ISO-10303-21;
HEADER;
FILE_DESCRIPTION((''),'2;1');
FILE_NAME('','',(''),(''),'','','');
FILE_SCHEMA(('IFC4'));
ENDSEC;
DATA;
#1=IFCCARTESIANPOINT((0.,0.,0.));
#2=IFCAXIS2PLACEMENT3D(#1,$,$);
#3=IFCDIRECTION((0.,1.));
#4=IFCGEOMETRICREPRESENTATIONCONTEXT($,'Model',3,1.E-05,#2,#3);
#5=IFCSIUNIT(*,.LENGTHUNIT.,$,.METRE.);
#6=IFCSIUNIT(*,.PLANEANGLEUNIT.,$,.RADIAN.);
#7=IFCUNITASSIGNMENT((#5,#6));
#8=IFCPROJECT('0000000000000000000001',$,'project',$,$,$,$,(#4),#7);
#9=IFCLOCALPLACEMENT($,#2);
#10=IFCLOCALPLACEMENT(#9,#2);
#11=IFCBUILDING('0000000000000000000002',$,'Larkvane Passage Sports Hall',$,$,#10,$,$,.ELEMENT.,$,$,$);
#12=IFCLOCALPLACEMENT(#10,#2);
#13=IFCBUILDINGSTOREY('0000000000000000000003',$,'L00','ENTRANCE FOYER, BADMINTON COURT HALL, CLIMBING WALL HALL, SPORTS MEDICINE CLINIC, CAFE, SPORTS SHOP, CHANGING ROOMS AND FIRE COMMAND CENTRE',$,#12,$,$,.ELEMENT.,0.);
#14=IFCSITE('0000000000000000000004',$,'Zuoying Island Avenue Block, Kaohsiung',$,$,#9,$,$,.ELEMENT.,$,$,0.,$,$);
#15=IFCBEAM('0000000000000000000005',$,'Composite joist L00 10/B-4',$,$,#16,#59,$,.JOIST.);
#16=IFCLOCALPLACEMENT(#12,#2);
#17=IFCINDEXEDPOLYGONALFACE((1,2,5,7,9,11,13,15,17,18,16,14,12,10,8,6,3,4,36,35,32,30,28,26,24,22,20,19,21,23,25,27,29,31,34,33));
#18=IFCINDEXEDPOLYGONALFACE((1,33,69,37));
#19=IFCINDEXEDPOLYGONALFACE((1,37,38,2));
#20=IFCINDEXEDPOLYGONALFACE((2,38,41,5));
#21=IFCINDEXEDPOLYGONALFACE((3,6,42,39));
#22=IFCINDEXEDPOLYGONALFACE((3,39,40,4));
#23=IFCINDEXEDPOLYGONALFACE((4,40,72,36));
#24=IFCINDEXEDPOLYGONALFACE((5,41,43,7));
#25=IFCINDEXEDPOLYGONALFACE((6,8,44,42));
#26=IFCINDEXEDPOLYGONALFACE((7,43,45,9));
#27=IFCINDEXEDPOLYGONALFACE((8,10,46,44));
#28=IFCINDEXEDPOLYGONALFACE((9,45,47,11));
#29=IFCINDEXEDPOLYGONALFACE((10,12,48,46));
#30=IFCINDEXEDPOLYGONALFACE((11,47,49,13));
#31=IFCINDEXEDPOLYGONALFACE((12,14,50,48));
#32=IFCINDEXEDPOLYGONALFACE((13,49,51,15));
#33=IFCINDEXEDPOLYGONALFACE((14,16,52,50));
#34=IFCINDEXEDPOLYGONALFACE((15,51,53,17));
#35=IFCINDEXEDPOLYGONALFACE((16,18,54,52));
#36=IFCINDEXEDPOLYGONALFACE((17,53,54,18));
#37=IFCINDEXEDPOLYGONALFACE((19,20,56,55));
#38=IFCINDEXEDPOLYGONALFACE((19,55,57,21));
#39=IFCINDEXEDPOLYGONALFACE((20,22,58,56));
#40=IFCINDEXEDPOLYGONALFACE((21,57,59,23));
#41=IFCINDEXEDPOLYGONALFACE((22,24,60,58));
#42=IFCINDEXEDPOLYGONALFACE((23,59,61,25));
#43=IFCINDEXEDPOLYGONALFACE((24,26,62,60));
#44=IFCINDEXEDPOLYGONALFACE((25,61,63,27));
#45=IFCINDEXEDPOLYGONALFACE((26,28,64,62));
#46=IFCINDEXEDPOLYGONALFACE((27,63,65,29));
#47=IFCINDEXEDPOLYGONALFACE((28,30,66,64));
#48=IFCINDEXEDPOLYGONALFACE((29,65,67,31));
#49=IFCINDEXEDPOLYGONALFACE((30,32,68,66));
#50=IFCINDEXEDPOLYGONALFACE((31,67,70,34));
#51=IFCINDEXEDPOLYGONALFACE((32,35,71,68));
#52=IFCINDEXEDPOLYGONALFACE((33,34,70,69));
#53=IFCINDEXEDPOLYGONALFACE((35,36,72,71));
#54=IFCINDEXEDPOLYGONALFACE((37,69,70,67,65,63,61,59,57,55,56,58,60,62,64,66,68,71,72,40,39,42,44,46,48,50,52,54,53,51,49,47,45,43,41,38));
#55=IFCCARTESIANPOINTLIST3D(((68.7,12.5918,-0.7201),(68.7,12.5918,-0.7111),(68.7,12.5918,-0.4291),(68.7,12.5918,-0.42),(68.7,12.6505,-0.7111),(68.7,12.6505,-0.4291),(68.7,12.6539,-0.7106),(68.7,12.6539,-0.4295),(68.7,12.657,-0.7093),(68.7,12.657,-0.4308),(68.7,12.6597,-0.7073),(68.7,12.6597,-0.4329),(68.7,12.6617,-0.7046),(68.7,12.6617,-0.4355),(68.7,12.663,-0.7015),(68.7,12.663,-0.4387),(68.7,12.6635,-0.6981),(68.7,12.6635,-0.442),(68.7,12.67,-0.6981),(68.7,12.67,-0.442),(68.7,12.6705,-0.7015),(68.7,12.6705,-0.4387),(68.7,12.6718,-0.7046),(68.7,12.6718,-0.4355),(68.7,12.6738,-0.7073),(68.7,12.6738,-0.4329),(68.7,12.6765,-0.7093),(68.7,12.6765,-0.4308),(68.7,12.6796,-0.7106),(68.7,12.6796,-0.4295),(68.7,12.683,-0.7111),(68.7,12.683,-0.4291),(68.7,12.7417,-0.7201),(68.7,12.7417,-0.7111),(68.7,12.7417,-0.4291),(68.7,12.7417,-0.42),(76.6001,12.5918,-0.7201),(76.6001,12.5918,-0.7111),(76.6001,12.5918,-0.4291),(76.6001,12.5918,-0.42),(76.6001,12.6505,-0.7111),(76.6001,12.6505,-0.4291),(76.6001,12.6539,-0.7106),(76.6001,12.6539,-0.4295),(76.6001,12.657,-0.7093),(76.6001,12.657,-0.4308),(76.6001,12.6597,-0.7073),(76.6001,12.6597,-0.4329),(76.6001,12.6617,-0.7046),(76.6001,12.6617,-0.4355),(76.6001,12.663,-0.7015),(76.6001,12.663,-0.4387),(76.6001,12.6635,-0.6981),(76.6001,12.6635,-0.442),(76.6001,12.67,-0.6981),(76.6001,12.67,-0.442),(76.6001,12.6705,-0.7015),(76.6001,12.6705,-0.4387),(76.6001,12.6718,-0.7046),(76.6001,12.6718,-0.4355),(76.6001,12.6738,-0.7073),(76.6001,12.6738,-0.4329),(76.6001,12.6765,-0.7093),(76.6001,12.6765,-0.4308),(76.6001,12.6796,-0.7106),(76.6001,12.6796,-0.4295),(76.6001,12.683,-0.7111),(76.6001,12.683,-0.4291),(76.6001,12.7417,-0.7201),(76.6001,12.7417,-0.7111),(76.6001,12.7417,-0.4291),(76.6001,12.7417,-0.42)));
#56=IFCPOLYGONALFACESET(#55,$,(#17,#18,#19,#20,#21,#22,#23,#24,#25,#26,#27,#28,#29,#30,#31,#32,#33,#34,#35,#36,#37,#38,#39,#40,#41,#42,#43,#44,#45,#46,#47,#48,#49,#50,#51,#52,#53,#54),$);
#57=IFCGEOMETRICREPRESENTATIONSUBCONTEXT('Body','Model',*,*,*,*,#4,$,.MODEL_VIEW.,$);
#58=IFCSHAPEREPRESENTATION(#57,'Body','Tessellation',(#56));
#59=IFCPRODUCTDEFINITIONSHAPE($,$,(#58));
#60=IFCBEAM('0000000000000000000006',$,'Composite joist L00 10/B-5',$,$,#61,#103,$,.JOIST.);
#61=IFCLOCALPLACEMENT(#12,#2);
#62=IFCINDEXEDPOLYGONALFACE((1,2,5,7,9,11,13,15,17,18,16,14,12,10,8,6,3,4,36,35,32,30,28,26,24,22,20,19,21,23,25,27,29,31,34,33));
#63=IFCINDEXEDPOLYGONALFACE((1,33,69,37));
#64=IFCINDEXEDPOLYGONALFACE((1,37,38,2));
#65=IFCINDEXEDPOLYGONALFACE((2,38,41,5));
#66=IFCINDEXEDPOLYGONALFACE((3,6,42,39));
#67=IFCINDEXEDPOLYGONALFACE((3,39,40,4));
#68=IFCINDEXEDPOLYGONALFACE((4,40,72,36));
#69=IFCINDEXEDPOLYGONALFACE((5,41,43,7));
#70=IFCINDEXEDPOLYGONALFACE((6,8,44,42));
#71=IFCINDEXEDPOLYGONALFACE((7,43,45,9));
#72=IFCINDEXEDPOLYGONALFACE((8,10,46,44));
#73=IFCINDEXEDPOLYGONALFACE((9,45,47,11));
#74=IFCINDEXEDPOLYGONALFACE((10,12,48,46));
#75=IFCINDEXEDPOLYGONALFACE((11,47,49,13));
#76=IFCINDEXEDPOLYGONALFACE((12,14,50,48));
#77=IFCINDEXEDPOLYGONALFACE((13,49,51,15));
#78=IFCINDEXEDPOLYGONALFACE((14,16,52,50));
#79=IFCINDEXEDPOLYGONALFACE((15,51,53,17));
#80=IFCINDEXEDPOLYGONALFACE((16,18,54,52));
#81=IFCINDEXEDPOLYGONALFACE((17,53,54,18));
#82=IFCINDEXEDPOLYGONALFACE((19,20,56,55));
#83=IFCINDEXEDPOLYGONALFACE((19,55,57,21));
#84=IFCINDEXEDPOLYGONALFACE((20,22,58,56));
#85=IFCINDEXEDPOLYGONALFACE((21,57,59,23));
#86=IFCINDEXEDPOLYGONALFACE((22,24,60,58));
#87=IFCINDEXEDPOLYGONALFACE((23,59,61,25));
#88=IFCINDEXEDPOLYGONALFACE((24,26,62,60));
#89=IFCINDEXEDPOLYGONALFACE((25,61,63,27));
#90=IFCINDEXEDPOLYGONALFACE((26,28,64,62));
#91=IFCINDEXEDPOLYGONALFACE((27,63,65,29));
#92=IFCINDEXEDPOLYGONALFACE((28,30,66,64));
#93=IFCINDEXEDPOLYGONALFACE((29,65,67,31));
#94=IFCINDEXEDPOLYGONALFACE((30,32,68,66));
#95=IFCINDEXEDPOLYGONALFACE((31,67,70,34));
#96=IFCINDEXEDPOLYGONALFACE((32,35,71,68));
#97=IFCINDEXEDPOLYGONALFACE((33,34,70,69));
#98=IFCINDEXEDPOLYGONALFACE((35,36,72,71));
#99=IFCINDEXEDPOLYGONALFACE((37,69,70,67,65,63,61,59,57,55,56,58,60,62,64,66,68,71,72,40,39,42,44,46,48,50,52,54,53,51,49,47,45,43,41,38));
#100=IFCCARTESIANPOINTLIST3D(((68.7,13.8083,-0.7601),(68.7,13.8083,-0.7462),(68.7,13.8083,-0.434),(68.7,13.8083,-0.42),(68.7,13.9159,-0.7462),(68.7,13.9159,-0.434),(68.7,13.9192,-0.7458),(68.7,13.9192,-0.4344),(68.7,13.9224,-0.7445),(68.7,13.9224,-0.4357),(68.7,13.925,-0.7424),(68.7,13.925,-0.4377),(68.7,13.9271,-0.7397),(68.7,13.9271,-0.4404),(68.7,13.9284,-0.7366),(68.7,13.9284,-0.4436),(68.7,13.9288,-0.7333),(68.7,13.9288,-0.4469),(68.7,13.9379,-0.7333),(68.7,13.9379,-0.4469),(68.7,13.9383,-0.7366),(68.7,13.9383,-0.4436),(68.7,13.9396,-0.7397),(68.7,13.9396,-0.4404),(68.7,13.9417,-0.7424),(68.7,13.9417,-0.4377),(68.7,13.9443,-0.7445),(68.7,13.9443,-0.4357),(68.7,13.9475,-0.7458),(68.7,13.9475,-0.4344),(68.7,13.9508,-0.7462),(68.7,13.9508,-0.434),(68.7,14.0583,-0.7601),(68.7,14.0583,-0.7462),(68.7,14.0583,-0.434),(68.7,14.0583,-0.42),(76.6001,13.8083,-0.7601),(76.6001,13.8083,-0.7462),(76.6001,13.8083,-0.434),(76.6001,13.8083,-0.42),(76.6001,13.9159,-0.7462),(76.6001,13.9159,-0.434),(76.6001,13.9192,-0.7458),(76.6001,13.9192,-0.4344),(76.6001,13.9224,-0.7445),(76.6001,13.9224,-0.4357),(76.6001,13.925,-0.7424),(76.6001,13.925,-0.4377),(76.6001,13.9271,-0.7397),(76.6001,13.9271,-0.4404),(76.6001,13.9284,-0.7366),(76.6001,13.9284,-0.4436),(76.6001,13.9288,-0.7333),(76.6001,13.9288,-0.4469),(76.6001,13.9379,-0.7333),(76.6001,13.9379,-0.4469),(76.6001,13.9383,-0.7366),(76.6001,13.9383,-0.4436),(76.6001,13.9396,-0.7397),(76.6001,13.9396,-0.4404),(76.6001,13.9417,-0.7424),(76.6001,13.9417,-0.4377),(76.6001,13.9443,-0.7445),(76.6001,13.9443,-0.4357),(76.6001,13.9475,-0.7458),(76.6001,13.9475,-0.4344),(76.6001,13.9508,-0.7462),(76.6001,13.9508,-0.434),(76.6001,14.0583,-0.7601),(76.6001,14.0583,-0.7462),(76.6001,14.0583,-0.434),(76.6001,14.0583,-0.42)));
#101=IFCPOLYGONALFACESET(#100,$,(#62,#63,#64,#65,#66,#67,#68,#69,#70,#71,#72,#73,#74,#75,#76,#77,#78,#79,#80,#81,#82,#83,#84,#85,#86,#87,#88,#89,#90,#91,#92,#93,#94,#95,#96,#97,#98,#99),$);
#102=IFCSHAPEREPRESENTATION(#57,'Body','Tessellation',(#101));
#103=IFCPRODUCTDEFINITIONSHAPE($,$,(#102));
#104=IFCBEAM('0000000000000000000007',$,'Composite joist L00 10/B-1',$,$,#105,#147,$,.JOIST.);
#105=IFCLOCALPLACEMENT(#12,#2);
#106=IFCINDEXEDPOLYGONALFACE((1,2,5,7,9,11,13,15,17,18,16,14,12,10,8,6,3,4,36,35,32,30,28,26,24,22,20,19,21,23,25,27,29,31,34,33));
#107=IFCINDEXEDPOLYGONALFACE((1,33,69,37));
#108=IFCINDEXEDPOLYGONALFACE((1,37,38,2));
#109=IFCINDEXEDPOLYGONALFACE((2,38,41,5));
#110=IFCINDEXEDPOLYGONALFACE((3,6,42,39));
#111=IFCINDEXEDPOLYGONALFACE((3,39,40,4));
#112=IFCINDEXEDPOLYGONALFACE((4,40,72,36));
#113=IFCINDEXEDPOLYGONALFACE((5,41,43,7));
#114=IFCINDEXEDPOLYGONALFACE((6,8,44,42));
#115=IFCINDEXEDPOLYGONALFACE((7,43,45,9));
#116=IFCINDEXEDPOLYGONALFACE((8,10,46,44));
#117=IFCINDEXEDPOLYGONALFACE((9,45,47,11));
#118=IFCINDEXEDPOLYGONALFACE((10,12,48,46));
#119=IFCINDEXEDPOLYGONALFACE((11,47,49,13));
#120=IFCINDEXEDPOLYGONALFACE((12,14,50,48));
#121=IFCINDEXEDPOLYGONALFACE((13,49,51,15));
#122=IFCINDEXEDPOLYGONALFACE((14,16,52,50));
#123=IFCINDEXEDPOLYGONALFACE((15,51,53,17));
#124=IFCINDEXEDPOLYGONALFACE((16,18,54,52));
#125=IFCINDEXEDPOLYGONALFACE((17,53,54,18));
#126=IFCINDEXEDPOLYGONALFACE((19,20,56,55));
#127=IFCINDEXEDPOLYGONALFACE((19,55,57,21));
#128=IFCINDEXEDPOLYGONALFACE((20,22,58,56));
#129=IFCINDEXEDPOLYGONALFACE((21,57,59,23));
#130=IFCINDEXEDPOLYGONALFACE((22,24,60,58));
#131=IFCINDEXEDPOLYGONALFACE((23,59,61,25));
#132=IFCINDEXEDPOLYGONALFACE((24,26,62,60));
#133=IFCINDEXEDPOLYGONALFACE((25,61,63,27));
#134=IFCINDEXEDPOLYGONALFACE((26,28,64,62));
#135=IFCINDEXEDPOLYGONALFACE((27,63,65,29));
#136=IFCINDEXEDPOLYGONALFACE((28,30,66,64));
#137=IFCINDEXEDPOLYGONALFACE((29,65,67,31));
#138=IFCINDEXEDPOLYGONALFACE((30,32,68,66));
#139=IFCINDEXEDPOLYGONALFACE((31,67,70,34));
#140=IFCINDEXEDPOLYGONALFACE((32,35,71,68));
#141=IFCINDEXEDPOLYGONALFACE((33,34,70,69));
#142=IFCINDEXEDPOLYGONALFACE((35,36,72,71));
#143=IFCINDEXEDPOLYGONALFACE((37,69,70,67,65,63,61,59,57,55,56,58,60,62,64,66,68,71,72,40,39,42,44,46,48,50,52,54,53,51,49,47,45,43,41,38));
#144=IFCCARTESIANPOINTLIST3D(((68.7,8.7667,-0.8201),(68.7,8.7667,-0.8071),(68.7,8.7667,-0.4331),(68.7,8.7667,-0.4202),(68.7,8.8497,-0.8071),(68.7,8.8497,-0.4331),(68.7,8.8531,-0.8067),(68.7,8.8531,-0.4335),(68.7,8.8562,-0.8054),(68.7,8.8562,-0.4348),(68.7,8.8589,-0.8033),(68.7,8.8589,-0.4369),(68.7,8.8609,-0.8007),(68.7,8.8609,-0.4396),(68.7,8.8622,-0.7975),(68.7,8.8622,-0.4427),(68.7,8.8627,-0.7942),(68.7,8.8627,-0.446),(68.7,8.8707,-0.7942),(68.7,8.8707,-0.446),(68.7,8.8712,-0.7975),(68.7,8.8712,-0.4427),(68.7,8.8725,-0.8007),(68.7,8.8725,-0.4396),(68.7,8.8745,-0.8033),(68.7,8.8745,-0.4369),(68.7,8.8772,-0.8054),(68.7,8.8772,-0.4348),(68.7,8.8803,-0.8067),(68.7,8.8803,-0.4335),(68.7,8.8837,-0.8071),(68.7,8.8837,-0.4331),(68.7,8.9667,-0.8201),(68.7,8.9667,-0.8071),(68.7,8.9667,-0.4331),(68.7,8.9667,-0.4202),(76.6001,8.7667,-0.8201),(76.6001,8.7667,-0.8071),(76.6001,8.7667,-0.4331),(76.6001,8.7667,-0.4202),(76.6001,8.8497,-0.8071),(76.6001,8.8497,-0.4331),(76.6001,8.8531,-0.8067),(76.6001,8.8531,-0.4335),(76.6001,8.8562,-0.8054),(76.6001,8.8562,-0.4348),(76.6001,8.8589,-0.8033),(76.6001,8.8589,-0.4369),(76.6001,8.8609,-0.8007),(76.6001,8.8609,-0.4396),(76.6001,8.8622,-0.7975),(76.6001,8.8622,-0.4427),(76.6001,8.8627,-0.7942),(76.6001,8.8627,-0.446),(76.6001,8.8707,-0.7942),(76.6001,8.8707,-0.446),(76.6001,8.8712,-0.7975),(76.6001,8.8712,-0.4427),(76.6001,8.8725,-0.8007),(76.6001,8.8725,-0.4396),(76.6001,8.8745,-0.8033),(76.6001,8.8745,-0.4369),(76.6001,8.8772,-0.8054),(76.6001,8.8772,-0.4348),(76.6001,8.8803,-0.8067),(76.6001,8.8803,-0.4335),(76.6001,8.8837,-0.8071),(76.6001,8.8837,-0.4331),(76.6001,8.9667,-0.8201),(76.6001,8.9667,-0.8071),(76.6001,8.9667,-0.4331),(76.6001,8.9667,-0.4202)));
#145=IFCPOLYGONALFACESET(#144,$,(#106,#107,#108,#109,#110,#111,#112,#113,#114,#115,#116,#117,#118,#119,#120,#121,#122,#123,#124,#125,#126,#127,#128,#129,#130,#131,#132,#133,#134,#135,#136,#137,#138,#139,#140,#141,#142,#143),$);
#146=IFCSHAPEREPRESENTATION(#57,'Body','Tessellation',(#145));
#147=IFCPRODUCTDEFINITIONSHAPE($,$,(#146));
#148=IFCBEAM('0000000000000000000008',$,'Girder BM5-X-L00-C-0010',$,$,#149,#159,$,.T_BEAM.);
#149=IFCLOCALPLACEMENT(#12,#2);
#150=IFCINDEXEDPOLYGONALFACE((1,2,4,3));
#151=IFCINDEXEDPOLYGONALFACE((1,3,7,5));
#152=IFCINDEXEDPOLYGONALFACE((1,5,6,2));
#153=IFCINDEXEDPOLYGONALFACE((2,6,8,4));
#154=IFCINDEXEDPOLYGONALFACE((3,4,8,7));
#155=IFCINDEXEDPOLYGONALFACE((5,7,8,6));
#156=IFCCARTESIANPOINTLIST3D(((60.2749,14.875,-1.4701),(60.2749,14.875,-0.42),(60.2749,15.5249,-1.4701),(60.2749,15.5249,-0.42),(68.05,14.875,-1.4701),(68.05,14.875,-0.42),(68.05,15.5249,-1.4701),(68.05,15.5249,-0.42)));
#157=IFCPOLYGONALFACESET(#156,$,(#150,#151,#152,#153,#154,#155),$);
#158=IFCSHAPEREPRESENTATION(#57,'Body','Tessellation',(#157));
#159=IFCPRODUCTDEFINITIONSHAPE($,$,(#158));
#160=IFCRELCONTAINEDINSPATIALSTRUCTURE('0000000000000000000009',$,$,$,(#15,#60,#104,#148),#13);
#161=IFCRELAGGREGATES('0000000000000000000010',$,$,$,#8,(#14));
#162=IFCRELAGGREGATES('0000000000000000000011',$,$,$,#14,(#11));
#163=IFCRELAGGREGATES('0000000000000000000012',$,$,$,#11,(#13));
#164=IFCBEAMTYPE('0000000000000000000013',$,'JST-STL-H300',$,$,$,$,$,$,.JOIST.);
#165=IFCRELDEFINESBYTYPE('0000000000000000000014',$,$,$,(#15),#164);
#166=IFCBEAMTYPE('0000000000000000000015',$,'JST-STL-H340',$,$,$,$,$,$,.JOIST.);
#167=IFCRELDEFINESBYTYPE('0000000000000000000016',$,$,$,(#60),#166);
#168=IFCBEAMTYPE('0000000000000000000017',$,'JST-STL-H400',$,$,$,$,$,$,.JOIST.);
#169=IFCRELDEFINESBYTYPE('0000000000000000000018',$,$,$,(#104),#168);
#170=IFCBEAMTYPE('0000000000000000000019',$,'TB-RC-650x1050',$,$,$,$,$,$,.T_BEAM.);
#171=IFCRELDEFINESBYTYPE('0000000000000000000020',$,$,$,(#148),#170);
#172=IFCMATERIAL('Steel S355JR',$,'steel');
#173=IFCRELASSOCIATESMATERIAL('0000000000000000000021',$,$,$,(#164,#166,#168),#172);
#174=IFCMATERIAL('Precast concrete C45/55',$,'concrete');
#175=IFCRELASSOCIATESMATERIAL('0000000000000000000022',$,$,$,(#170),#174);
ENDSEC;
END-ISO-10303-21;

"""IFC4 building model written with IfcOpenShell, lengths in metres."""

from ifc_helpers import new_model, si_unit, direction, frame, origin, origin_2d, place, context, subcontext, project, spatial, rectangle, i_section, extrude, material, material_profile, profile_set, type_object, element, save


model = new_model("IFC4")

# Units and contexts
model_context = context("Model", 3, precision=1e-05, world=origin(), true_north=direction((0.0, 1.0)))
body_context = subcontext(model_context, "Body", "Model", "MODEL_VIEW")
ifc_project = project(units=[si_unit("LENGTHUNIT", "METRE"), si_unit("PLANEANGLEUNIT", "RADIAN")], contexts=[model_context])

# Site, building, storey
site_placement = place(None, origin())
site = spatial("IfcSite", under=ifc_project, at=site_placement, Name="Zuoying Island Avenue Block, Kaohsiung", CompositionType="ELEMENT", RefElevation=0.0)
building_placement = place(site_placement, origin())
building = spatial("IfcBuilding", under=site, at=building_placement, Name="Larkvane Passage Sports Hall", CompositionType="ELEMENT")
storey_placement = place(building_placement, origin())
storey = spatial("IfcBuildingStorey", under=building, at=storey_placement, Name="L00", Description="ENTRANCE FOYER, BADMINTON COURT HALL, CLIMBING WALL HALL, SPORTS MEDICINE CLINIC, CAFE, SPORTS SHOP, CHANGING ROOMS AND FIRE COMMAND CENTRE", CompositionType="ELEMENT", Elevation=0.0)

# Beams
ifc_material_1 = material(Name="Steel S355JR", Category="steel")
ifc_material_profile_1 = material_profile(ifc_material_1, i_section(OverallWidth=0.1499, OverallDepth=0.3, WebThickness=0.0066, FlangeThickness=0.009, FilletRadius=0.0129, at=origin_2d()), Name="H-300x150x6.5x9")
ifc_profile_set_1 = profile_set([ifc_material_profile_1], Name="Steel S355JR")
beam_type_1 = type_object("IfcBeamType", Name="JST-STL-H300", PredefinedType="JOIST", material=ifc_profile_set_1)
beam_1_placement = place(storey_placement, frame((68.7, 12.6667, -0.5701), z_axis=(1.0, 0.0, 0.0), x_axis=(0.0, 1.0, 0.0)))
element("IfcBeam", 1, at=beam_1_placement, inside=storey, type_object=beam_type_1, Name="Composite joist L00 10/B-4", PredefinedType="JOIST", context=body_context, shape_type="SweptSolid", body=[
    extrude(i_section(OverallWidth=0.1499, OverallDepth=0.3, WebThickness=0.0066, FlangeThickness=0.009, FilletRadius=0.0129, at=origin_2d()), origin(), (0.0, 0.0, 1.0), 7.9001),
])
ifc_material_profile_2 = material_profile(ifc_material_1, i_section(OverallWidth=0.25, OverallDepth=0.3401, WebThickness=0.009, FlangeThickness=0.0139, FilletRadius=0.0129, at=origin_2d()), Name="H-340x250x9x14")
ifc_profile_set_2 = profile_set([ifc_material_profile_2], Name="Steel S355JR")
beam_type_2 = type_object("IfcBeamType", Name="JST-STL-H340", PredefinedType="JOIST", material=ifc_profile_set_2)
beam_2_placement = place(storey_placement, frame((68.7, 13.9333, -0.5901), z_axis=(1.0, 0.0, 0.0), x_axis=(0.0, 1.0, 0.0)))
element("IfcBeam", 2, at=beam_2_placement, inside=storey, type_object=beam_type_2, Name="Composite joist L00 10/B-5", PredefinedType="JOIST", context=body_context, shape_type="SweptSolid", body=[
    extrude(i_section(OverallWidth=0.25, OverallDepth=0.3401, WebThickness=0.009, FlangeThickness=0.0139, FilletRadius=0.0129, at=origin_2d()), origin(), (0.0, 0.0, 1.0), 7.9001),
])
ifc_material_profile_3 = material_profile(ifc_material_1, i_section(OverallWidth=0.2, OverallDepth=0.3999, WebThickness=0.0081, FlangeThickness=0.0129, FilletRadius=0.0129, at=origin_2d()), Name="H-400x200x8x13")
ifc_profile_set_3 = profile_set([ifc_material_profile_3], Name="Steel S355JR")
beam_type_3 = type_object("IfcBeamType", Name="JST-STL-H400", PredefinedType="JOIST", material=ifc_profile_set_3)
beam_3_placement = place(storey_placement, frame((68.7, 8.8667, -0.6201), z_axis=(1.0, 0.0, 0.0), x_axis=(0.0, 1.0, 0.0)))
element("IfcBeam", 3, at=beam_3_placement, inside=storey, type_object=beam_type_3, Name="Composite joist L00 10/B-1", PredefinedType="JOIST", context=body_context, shape_type="SweptSolid", body=[
    extrude(i_section(OverallWidth=0.2, OverallDepth=0.3999, WebThickness=0.0081, FlangeThickness=0.0129, FilletRadius=0.0129, at=origin_2d()), origin(), (0.0, 0.0, 1.0), 7.9001),
])
ifc_material_2 = material(Name="Precast concrete C45/55", Category="concrete")
ifc_material_profile_4 = material_profile(ifc_material_2, rectangle(XDim=0.6499, YDim=1.05, at=origin_2d()), Name="RC-TB-650x1050")
ifc_profile_set_4 = profile_set([ifc_material_profile_4], Name="Precast concrete C45/55")
beam_type_4 = type_object("IfcBeamType", Name="TB-RC-650x1050", PredefinedType="T_BEAM", material=ifc_profile_set_4)
beam_4_placement = place(storey_placement, frame((60.2749, 15.2, -0.9451), z_axis=(1.0, 0.0, 0.0), x_axis=(0.0, 1.0, 0.0)))
element("IfcBeam", 4, at=beam_4_placement, inside=storey, type_object=beam_type_4, Name="Girder BM5-X-L00-C-0010", PredefinedType="T_BEAM", context=body_context, shape_type="SweptSolid", body=[
    extrude(rectangle(XDim=0.6499, YDim=1.05, at=origin_2d()), origin(), (0.0, 0.0, 1.0), 7.7751),
])

save(model, "model.ifc")
